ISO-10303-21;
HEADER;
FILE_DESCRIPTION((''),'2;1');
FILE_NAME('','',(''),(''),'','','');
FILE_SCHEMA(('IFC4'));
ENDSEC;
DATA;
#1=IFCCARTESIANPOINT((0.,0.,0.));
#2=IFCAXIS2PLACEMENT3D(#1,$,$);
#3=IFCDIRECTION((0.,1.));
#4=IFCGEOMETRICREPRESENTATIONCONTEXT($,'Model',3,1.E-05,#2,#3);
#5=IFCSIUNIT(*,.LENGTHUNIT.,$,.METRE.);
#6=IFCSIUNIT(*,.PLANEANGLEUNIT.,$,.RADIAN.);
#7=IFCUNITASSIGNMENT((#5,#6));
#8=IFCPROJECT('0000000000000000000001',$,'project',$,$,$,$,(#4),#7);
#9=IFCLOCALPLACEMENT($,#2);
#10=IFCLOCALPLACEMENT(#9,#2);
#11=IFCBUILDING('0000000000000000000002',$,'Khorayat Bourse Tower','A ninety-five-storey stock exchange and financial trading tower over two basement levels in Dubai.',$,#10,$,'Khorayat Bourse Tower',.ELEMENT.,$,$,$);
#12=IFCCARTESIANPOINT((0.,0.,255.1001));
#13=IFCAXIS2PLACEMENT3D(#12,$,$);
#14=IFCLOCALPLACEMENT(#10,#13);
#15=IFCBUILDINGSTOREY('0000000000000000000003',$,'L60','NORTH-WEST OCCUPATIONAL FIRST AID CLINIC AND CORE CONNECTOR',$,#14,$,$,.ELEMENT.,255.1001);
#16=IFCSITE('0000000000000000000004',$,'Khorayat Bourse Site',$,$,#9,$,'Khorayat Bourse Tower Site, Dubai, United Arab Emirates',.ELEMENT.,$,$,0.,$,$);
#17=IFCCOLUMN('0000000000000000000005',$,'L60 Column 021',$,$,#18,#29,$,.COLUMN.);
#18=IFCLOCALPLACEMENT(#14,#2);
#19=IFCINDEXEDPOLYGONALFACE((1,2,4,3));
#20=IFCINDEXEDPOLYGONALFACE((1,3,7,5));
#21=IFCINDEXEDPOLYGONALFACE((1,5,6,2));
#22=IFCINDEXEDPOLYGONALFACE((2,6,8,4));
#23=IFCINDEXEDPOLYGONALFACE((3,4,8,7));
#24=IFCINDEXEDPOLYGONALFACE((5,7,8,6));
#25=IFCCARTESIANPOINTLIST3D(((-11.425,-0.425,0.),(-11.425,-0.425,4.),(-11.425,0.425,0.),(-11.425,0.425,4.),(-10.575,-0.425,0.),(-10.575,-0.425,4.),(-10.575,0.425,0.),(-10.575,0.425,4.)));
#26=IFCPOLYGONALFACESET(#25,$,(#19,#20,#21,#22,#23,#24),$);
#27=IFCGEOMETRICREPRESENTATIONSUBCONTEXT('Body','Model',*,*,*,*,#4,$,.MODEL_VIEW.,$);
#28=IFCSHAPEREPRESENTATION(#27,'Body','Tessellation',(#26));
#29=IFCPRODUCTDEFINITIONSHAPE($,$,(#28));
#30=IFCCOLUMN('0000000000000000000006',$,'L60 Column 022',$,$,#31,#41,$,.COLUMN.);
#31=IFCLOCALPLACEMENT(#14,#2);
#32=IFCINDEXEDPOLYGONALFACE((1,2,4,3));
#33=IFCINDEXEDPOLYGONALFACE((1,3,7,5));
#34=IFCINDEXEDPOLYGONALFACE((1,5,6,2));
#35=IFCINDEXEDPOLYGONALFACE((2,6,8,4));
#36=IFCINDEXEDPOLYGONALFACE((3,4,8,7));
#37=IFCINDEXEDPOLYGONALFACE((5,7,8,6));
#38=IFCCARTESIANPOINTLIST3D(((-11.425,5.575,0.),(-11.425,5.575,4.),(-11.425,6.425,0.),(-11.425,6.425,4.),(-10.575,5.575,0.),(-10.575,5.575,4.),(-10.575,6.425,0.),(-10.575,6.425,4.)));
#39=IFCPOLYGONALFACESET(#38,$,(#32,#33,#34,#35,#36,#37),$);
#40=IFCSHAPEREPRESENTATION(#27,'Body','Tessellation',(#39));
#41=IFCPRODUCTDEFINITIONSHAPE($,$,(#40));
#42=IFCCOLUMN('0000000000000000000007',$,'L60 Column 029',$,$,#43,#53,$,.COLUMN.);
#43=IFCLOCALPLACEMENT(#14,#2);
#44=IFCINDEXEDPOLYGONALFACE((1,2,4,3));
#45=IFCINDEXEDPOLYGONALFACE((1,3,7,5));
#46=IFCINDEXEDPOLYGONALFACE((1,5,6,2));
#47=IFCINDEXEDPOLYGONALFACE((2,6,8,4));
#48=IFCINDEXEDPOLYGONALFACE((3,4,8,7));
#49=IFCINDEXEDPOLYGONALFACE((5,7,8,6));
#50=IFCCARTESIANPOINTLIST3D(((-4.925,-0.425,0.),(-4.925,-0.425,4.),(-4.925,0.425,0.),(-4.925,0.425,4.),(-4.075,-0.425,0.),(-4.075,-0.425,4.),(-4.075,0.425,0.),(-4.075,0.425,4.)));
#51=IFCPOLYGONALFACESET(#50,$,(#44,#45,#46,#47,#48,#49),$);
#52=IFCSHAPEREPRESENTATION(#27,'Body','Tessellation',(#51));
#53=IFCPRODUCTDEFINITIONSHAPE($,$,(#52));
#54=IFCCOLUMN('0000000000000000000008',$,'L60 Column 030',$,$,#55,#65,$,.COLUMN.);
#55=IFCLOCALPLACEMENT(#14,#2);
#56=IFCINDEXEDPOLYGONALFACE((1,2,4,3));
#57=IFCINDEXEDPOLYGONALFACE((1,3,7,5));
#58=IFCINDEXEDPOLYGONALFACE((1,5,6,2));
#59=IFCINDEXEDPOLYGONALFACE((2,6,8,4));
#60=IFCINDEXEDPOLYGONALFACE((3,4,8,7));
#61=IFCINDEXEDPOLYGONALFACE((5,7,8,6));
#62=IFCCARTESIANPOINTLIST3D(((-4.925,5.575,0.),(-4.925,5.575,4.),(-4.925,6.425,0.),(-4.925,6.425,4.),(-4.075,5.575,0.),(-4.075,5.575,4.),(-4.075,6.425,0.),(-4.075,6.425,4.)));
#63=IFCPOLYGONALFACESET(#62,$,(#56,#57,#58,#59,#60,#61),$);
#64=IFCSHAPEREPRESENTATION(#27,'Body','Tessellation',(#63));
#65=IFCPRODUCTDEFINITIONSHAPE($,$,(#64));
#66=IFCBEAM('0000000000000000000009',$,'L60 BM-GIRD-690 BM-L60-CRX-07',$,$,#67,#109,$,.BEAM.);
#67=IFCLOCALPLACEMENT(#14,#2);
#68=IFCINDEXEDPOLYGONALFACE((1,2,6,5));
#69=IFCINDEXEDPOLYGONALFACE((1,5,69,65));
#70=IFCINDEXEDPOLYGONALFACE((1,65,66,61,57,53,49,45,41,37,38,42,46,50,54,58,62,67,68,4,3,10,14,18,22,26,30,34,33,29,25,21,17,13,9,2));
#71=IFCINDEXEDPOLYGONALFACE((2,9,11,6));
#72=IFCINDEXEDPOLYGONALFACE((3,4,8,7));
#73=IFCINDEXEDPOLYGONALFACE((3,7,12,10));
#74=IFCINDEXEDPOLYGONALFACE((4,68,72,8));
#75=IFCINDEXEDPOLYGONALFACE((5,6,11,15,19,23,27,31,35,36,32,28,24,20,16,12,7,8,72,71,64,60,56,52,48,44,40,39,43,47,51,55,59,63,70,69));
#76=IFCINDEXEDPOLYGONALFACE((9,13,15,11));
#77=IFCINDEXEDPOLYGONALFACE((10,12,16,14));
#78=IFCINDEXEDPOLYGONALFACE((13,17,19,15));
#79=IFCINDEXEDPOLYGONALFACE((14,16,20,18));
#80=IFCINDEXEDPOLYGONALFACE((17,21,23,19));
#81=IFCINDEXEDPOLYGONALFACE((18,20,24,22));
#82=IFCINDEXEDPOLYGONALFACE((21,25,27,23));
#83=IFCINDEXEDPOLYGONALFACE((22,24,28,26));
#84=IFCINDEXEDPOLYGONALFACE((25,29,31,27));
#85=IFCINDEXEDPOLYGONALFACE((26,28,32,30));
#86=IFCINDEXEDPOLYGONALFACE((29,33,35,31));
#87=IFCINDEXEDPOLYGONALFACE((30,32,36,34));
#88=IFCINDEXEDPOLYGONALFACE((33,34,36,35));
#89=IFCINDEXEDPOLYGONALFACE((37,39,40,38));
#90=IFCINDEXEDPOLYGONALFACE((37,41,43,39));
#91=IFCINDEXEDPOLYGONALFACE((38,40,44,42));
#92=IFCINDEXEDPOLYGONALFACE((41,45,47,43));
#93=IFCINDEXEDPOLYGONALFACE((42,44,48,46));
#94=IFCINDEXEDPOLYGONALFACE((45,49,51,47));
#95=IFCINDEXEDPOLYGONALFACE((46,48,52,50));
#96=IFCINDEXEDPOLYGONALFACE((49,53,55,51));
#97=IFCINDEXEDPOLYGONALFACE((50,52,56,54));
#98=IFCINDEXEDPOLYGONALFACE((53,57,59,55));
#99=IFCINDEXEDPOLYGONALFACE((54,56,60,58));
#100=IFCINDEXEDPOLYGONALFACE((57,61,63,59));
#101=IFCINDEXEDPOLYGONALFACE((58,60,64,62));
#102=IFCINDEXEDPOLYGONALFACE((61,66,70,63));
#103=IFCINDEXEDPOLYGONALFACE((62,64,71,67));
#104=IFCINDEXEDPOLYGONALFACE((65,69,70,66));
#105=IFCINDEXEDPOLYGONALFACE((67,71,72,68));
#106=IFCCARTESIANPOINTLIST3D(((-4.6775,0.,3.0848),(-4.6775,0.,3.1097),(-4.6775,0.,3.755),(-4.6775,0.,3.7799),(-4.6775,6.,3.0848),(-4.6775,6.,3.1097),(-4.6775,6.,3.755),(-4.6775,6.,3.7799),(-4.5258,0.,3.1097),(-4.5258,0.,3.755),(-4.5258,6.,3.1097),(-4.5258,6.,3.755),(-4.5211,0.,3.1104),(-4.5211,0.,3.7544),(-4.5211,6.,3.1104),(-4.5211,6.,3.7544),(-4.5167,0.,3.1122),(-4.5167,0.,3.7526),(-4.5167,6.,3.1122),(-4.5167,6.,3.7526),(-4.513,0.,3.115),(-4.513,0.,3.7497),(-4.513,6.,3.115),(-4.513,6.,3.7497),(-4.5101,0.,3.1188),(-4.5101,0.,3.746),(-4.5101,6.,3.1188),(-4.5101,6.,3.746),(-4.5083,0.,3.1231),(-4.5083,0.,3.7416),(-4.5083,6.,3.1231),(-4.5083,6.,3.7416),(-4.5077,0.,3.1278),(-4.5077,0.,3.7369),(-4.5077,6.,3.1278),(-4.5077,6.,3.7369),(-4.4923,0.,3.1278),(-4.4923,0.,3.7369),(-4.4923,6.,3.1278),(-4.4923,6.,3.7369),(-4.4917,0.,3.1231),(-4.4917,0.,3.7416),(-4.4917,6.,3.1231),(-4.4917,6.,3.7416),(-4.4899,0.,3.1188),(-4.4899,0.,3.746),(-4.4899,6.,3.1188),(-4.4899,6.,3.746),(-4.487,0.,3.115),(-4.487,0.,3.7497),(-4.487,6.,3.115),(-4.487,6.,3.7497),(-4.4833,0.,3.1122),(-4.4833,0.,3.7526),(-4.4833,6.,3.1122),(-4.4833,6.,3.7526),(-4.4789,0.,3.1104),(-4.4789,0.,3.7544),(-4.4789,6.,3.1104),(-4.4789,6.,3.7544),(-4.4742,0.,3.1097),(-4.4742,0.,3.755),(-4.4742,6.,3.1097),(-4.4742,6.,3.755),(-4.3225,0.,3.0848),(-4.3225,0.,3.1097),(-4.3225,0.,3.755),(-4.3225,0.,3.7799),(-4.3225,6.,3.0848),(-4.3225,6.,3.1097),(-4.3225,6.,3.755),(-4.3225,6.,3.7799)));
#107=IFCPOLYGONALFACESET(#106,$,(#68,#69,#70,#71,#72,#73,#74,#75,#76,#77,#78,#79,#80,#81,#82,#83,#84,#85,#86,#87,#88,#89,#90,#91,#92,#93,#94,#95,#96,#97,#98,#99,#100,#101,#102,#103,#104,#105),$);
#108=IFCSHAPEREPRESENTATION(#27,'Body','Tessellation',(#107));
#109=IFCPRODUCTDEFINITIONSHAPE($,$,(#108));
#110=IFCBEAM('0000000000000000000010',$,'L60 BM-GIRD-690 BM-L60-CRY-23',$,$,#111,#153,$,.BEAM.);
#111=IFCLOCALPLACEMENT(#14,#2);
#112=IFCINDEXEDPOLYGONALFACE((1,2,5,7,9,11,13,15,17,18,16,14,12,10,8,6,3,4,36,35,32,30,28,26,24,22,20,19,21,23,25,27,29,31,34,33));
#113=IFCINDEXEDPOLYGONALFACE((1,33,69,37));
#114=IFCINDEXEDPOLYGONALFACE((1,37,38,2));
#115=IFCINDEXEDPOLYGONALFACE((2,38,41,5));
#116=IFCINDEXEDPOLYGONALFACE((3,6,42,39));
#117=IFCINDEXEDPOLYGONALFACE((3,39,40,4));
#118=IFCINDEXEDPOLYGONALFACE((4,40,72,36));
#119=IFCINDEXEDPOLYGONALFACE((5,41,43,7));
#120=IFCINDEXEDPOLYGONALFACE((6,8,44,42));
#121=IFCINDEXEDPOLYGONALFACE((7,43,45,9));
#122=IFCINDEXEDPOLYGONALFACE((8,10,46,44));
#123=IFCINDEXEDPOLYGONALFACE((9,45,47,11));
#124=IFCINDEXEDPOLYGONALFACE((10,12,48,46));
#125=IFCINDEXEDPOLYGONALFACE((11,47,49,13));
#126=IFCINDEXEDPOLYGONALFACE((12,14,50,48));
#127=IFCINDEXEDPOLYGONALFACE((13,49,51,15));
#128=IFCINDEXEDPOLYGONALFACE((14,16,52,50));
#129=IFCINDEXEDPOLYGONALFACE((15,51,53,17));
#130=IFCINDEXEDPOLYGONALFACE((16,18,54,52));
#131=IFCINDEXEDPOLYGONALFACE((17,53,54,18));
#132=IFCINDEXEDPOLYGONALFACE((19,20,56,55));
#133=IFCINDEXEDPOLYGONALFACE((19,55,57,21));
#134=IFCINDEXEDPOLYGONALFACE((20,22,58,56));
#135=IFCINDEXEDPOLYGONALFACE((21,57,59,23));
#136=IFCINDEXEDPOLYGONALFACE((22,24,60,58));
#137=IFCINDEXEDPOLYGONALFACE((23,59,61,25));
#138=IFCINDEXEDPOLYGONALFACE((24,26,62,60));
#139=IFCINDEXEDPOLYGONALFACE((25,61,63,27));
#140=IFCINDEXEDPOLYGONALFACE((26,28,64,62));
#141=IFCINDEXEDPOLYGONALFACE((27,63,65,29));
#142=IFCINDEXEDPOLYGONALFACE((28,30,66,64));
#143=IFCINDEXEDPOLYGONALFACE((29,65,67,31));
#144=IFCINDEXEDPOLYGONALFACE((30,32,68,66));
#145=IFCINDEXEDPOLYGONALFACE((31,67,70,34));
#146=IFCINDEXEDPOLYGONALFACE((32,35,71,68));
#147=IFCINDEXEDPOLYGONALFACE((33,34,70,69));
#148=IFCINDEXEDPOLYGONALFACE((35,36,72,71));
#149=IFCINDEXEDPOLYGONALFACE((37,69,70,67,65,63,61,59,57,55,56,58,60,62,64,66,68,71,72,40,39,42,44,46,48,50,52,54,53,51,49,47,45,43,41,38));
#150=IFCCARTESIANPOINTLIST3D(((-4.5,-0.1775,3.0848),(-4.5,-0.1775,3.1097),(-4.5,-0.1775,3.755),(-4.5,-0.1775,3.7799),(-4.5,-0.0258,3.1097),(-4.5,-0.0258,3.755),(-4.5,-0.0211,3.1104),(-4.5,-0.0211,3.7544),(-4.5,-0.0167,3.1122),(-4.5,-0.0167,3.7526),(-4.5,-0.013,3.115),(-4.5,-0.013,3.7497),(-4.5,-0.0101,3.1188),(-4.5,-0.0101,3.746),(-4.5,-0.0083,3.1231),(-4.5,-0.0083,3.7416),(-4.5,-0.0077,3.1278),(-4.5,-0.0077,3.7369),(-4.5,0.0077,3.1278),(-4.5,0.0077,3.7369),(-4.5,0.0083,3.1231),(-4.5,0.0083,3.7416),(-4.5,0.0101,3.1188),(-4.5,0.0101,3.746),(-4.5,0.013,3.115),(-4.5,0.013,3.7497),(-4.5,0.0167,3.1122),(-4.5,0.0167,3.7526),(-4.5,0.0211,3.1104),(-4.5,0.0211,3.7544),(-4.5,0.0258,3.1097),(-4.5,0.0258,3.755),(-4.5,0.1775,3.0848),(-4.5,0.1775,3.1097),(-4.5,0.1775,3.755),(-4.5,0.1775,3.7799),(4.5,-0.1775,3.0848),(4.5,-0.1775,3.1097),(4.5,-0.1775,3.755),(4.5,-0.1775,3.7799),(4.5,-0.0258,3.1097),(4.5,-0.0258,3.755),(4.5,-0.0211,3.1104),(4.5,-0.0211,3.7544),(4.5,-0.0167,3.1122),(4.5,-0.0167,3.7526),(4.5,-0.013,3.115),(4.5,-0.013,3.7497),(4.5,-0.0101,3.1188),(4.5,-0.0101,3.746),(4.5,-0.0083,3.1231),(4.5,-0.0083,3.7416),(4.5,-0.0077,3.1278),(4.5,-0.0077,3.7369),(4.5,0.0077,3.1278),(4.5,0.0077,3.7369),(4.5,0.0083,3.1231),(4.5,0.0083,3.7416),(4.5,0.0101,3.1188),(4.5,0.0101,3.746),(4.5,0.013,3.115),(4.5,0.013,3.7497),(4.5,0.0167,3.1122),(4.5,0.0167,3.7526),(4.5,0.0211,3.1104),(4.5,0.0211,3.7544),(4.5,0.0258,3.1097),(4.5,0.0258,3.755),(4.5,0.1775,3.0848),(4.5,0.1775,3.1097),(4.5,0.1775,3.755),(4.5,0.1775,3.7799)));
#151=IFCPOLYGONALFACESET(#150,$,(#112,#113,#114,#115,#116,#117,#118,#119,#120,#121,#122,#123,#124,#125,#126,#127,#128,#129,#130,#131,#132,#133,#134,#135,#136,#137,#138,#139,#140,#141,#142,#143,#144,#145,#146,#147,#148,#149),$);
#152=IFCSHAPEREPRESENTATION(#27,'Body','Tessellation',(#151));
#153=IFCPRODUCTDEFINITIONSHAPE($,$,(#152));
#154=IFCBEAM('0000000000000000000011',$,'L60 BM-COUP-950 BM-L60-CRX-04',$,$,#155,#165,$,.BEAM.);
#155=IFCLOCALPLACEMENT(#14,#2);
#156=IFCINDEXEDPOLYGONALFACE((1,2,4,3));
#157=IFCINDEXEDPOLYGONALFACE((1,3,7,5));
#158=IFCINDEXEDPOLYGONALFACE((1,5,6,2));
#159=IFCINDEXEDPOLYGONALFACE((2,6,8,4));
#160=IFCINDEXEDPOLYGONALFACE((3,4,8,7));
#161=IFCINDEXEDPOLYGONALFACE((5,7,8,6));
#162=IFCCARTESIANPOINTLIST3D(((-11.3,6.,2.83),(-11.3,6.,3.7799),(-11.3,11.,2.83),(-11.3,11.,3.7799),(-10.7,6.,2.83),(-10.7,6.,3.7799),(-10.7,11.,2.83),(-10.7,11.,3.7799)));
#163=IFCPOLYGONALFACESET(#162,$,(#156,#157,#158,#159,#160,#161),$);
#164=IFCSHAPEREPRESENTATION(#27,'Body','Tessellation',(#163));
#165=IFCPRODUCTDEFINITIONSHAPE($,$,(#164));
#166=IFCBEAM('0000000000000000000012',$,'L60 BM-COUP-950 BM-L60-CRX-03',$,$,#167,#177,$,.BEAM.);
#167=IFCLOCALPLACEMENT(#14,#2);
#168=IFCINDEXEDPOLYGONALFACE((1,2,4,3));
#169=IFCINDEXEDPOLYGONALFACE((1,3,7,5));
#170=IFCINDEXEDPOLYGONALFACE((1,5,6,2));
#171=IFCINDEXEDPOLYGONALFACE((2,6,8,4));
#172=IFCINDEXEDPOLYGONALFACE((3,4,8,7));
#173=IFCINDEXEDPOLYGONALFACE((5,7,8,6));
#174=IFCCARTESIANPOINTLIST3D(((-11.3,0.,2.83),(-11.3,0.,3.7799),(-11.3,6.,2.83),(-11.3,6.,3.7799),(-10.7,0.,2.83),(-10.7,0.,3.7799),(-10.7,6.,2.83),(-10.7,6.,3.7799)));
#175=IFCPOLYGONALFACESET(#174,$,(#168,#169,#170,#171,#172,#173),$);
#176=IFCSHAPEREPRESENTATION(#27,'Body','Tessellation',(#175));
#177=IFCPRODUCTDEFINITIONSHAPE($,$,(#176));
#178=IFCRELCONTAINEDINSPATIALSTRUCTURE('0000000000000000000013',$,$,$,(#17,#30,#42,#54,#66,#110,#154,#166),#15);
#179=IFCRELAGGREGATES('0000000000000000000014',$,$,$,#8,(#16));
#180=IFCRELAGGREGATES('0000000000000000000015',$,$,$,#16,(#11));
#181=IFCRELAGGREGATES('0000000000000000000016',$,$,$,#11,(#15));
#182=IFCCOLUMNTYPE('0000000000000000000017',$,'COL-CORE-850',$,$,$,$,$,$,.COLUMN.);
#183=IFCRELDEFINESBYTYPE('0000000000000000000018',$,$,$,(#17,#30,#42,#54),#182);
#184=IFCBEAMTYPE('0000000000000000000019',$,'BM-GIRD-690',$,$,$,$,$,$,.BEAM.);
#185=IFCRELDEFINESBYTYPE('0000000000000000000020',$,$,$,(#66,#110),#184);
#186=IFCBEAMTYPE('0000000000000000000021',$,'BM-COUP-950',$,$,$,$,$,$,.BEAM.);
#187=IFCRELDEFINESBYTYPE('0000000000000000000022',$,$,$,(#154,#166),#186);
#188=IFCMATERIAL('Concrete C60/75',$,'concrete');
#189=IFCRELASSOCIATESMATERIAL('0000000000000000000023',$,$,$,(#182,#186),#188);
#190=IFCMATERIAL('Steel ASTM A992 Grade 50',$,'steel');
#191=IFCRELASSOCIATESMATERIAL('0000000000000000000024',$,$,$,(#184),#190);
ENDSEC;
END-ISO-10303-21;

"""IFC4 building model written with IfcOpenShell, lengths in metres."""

from ifc_helpers import new_model, si_unit, direction, frame, origin, origin_2d, place, context, subcontext, project, spatial, rectangle, i_section, extrude, source, transform, mapped, material, material_profile, profile_set, type_object, element, save


model = new_model("IFC4")

# Units and contexts
model_context = context("Model", 3, precision=1e-05, world=origin(), true_north=direction((0.0, 1.0)))
body_context = subcontext(model_context, "Body", "Model", "MODEL_VIEW")
ifc_project = project(units=[si_unit("LENGTHUNIT", "METRE"), si_unit("PLANEANGLEUNIT", "RADIAN")], contexts=[model_context])

# Site, building, storey
site_placement = place(None, origin())
site = spatial("IfcSite", under=ifc_project, at=site_placement, Name="Khorayat Bourse Site", LongName="Khorayat Bourse Tower Site, Dubai, United Arab Emirates", CompositionType="ELEMENT", RefElevation=0.0)
building_placement = place(site_placement, origin())
building = spatial("IfcBuilding", under=site, at=building_placement, Name="Khorayat Bourse Tower", Description="A ninety-five-storey stock exchange and financial trading tower over two basement levels in Dubai.", LongName="Khorayat Bourse Tower", CompositionType="ELEMENT")
storey_placement = place(building_placement, frame((0.0, 0.0, 255.1001)))
storey = spatial("IfcBuildingStorey", under=building, at=storey_placement, Name="L60", Description="NORTH-WEST OCCUPATIONAL FIRST AID CLINIC AND CORE CONNECTOR", CompositionType="ELEMENT", Elevation=255.1001)

# Columns
ifc_material_1 = material(Name="Concrete C60/75", Category="concrete")
ifc_material_profile_1 = material_profile(ifc_material_1, rectangle(XDim=0.8501, YDim=0.8501, at=origin_2d()), Name="RC 850x850")
ifc_profile_set_1 = profile_set([ifc_material_profile_1], Name="Concrete C60/75")
column_type = type_object("IfcColumnType", Name="COL-CORE-850", PredefinedType="COLUMN", material=ifc_profile_set_1)
shared_shape_1 = source(origin(), body_context, "Body", "SweptSolid", [
    extrude(rectangle(XDim=0.8501, YDim=0.8501, at=origin_2d()), origin(), (0.0, 0.0, 1.0), 4.0),
])
for number, where, z_axis, x_axis, name in (
    (1, (-11.0, 0.0, 0.0), (0.0, 0.0, 1.0), (1.0, 0.0, 0.0), "L60 Column 021"),
    (2, (-11.0, 6.0, 0.0), (0.0, 0.0, 1.0), (1.0, 0.0, 0.0), "L60 Column 022"),
    (3, (-4.5, 0.0, 0.0), (0.0, 0.0, 1.0), (1.0, 0.0, 0.0), "L60 Column 029"),
    (4, (-4.5, 6.0, 0.0), (0.0, 0.0, 1.0), (1.0, 0.0, 0.0), "L60 Column 030"),
):
    element("IfcColumn", number, at=place(storey_placement, frame(where, z_axis=z_axis, x_axis=x_axis)), inside=storey, type_object=column_type, Name=name, PredefinedType="COLUMN", context=body_context, shape_type="MappedRepresentation", body=[
        mapped(shared_shape_1, transform((0.0, 0.0, 0.0), scale=1.0)),
    ])

# Beams
ifc_material_2 = material(Name="Steel ASTM A992 Grade 50", Category="steel")
ifc_material_profile_2 = material_profile(ifc_material_2, i_section(OverallWidth=0.355, OverallDepth=0.6951, WebThickness=0.0154, FlangeThickness=0.0249, FilletRadius=0.0181, at=origin_2d()), Name="W690X217")
ifc_profile_set_2 = profile_set([ifc_material_profile_2], Name="Steel ASTM A992 Grade 50")
beam_type_1 = type_object("IfcBeamType", Name="BM-GIRD-690", PredefinedType="BEAM", material=ifc_profile_set_2)
shared_shape_2 = source(origin(), body_context, "Body", "SweptSolid", [
    extrude(i_section(OverallWidth=0.355, OverallDepth=0.6951, WebThickness=0.0154, FlangeThickness=0.0249, FilletRadius=0.0181, at=origin_2d()), origin(), (0.0, 0.0, 1.0), 6.0),
])
beam_1_placement = place(storey_placement, frame((-4.5, 0.0, 3.4324), z_axis=(0.0, 1.0, 0.0), x_axis=(-1.0, 0.0, 0.0)))
element("IfcBeam", 5, at=beam_1_placement, inside=storey, type_object=beam_type_1, Name="L60 BM-GIRD-690 BM-L60-CRX-07", PredefinedType="BEAM", context=body_context, shape_type="MappedRepresentation", body=[
    mapped(shared_shape_2, transform((0.0, 0.0, 0.0), scale=1.0)),
])
shared_shape_3 = source(origin(), body_context, "Body", "SweptSolid", [
    extrude(i_section(OverallWidth=0.355, OverallDepth=0.6951, WebThickness=0.0154, FlangeThickness=0.0249, FilletRadius=0.0181, at=origin_2d()), origin(), (0.0, 0.0, 1.0), 9.0),
])
beam_2_placement = place(storey_placement, frame((-4.5, 0.0, 3.4324), z_axis=(1.0, 0.0, 0.0), x_axis=(0.0, 1.0, 0.0)))
element("IfcBeam", 6, at=beam_2_placement, inside=storey, type_object=beam_type_1, Name="L60 BM-GIRD-690 BM-L60-CRY-23", PredefinedType="BEAM", context=body_context, shape_type="MappedRepresentation", body=[
    mapped(shared_shape_3, transform((0.0, 0.0, 0.0), scale=1.0)),
])
ifc_material_profile_3 = material_profile(ifc_material_1, rectangle(XDim=0.6001, YDim=0.95, at=origin_2d()), Name="RC 600x950")
ifc_profile_set_3 = profile_set([ifc_material_profile_3], Name="Concrete C60/75")
beam_type_2 = type_object("IfcBeamType", Name="BM-COUP-950", PredefinedType="BEAM", material=ifc_profile_set_3)
shared_shape_4 = source(origin(), body_context, "Body", "SweptSolid", [
    extrude(rectangle(XDim=0.6001, YDim=0.95, at=origin_2d()), origin(), (0.0, 0.0, 1.0), 5.0),
])
beam_3_placement = place(storey_placement, frame((-11.0, 6.0, 3.3049), z_axis=(0.0, 1.0, 0.0), x_axis=(-1.0, 0.0, 0.0)))
element("IfcBeam", 7, at=beam_3_placement, inside=storey, type_object=beam_type_2, Name="L60 BM-COUP-950 BM-L60-CRX-04", PredefinedType="BEAM", context=body_context, shape_type="MappedRepresentation", body=[
    mapped(shared_shape_4, transform((0.0, 0.0, 0.0), scale=1.0)),
])
shared_shape_5 = source(origin(), body_context, "Body", "SweptSolid", [
    extrude(rectangle(XDim=0.6001, YDim=0.95, at=origin_2d()), origin(), (0.0, 0.0, 1.0), 6.0),
])
beam_4_placement = place(storey_placement, frame((-11.0, 0.0, 3.3049), z_axis=(0.0, 1.0, 0.0), x_axis=(-1.0, 0.0, 0.0)))
element("IfcBeam", 8, at=beam_4_placement, inside=storey, type_object=beam_type_2, Name="L60 BM-COUP-950 BM-L60-CRX-03", PredefinedType="BEAM", context=body_context, shape_type="MappedRepresentation", body=[
    mapped(shared_shape_5, transform((0.0, 0.0, 0.0), scale=1.0)),
])

save(model, "model.ifc")
